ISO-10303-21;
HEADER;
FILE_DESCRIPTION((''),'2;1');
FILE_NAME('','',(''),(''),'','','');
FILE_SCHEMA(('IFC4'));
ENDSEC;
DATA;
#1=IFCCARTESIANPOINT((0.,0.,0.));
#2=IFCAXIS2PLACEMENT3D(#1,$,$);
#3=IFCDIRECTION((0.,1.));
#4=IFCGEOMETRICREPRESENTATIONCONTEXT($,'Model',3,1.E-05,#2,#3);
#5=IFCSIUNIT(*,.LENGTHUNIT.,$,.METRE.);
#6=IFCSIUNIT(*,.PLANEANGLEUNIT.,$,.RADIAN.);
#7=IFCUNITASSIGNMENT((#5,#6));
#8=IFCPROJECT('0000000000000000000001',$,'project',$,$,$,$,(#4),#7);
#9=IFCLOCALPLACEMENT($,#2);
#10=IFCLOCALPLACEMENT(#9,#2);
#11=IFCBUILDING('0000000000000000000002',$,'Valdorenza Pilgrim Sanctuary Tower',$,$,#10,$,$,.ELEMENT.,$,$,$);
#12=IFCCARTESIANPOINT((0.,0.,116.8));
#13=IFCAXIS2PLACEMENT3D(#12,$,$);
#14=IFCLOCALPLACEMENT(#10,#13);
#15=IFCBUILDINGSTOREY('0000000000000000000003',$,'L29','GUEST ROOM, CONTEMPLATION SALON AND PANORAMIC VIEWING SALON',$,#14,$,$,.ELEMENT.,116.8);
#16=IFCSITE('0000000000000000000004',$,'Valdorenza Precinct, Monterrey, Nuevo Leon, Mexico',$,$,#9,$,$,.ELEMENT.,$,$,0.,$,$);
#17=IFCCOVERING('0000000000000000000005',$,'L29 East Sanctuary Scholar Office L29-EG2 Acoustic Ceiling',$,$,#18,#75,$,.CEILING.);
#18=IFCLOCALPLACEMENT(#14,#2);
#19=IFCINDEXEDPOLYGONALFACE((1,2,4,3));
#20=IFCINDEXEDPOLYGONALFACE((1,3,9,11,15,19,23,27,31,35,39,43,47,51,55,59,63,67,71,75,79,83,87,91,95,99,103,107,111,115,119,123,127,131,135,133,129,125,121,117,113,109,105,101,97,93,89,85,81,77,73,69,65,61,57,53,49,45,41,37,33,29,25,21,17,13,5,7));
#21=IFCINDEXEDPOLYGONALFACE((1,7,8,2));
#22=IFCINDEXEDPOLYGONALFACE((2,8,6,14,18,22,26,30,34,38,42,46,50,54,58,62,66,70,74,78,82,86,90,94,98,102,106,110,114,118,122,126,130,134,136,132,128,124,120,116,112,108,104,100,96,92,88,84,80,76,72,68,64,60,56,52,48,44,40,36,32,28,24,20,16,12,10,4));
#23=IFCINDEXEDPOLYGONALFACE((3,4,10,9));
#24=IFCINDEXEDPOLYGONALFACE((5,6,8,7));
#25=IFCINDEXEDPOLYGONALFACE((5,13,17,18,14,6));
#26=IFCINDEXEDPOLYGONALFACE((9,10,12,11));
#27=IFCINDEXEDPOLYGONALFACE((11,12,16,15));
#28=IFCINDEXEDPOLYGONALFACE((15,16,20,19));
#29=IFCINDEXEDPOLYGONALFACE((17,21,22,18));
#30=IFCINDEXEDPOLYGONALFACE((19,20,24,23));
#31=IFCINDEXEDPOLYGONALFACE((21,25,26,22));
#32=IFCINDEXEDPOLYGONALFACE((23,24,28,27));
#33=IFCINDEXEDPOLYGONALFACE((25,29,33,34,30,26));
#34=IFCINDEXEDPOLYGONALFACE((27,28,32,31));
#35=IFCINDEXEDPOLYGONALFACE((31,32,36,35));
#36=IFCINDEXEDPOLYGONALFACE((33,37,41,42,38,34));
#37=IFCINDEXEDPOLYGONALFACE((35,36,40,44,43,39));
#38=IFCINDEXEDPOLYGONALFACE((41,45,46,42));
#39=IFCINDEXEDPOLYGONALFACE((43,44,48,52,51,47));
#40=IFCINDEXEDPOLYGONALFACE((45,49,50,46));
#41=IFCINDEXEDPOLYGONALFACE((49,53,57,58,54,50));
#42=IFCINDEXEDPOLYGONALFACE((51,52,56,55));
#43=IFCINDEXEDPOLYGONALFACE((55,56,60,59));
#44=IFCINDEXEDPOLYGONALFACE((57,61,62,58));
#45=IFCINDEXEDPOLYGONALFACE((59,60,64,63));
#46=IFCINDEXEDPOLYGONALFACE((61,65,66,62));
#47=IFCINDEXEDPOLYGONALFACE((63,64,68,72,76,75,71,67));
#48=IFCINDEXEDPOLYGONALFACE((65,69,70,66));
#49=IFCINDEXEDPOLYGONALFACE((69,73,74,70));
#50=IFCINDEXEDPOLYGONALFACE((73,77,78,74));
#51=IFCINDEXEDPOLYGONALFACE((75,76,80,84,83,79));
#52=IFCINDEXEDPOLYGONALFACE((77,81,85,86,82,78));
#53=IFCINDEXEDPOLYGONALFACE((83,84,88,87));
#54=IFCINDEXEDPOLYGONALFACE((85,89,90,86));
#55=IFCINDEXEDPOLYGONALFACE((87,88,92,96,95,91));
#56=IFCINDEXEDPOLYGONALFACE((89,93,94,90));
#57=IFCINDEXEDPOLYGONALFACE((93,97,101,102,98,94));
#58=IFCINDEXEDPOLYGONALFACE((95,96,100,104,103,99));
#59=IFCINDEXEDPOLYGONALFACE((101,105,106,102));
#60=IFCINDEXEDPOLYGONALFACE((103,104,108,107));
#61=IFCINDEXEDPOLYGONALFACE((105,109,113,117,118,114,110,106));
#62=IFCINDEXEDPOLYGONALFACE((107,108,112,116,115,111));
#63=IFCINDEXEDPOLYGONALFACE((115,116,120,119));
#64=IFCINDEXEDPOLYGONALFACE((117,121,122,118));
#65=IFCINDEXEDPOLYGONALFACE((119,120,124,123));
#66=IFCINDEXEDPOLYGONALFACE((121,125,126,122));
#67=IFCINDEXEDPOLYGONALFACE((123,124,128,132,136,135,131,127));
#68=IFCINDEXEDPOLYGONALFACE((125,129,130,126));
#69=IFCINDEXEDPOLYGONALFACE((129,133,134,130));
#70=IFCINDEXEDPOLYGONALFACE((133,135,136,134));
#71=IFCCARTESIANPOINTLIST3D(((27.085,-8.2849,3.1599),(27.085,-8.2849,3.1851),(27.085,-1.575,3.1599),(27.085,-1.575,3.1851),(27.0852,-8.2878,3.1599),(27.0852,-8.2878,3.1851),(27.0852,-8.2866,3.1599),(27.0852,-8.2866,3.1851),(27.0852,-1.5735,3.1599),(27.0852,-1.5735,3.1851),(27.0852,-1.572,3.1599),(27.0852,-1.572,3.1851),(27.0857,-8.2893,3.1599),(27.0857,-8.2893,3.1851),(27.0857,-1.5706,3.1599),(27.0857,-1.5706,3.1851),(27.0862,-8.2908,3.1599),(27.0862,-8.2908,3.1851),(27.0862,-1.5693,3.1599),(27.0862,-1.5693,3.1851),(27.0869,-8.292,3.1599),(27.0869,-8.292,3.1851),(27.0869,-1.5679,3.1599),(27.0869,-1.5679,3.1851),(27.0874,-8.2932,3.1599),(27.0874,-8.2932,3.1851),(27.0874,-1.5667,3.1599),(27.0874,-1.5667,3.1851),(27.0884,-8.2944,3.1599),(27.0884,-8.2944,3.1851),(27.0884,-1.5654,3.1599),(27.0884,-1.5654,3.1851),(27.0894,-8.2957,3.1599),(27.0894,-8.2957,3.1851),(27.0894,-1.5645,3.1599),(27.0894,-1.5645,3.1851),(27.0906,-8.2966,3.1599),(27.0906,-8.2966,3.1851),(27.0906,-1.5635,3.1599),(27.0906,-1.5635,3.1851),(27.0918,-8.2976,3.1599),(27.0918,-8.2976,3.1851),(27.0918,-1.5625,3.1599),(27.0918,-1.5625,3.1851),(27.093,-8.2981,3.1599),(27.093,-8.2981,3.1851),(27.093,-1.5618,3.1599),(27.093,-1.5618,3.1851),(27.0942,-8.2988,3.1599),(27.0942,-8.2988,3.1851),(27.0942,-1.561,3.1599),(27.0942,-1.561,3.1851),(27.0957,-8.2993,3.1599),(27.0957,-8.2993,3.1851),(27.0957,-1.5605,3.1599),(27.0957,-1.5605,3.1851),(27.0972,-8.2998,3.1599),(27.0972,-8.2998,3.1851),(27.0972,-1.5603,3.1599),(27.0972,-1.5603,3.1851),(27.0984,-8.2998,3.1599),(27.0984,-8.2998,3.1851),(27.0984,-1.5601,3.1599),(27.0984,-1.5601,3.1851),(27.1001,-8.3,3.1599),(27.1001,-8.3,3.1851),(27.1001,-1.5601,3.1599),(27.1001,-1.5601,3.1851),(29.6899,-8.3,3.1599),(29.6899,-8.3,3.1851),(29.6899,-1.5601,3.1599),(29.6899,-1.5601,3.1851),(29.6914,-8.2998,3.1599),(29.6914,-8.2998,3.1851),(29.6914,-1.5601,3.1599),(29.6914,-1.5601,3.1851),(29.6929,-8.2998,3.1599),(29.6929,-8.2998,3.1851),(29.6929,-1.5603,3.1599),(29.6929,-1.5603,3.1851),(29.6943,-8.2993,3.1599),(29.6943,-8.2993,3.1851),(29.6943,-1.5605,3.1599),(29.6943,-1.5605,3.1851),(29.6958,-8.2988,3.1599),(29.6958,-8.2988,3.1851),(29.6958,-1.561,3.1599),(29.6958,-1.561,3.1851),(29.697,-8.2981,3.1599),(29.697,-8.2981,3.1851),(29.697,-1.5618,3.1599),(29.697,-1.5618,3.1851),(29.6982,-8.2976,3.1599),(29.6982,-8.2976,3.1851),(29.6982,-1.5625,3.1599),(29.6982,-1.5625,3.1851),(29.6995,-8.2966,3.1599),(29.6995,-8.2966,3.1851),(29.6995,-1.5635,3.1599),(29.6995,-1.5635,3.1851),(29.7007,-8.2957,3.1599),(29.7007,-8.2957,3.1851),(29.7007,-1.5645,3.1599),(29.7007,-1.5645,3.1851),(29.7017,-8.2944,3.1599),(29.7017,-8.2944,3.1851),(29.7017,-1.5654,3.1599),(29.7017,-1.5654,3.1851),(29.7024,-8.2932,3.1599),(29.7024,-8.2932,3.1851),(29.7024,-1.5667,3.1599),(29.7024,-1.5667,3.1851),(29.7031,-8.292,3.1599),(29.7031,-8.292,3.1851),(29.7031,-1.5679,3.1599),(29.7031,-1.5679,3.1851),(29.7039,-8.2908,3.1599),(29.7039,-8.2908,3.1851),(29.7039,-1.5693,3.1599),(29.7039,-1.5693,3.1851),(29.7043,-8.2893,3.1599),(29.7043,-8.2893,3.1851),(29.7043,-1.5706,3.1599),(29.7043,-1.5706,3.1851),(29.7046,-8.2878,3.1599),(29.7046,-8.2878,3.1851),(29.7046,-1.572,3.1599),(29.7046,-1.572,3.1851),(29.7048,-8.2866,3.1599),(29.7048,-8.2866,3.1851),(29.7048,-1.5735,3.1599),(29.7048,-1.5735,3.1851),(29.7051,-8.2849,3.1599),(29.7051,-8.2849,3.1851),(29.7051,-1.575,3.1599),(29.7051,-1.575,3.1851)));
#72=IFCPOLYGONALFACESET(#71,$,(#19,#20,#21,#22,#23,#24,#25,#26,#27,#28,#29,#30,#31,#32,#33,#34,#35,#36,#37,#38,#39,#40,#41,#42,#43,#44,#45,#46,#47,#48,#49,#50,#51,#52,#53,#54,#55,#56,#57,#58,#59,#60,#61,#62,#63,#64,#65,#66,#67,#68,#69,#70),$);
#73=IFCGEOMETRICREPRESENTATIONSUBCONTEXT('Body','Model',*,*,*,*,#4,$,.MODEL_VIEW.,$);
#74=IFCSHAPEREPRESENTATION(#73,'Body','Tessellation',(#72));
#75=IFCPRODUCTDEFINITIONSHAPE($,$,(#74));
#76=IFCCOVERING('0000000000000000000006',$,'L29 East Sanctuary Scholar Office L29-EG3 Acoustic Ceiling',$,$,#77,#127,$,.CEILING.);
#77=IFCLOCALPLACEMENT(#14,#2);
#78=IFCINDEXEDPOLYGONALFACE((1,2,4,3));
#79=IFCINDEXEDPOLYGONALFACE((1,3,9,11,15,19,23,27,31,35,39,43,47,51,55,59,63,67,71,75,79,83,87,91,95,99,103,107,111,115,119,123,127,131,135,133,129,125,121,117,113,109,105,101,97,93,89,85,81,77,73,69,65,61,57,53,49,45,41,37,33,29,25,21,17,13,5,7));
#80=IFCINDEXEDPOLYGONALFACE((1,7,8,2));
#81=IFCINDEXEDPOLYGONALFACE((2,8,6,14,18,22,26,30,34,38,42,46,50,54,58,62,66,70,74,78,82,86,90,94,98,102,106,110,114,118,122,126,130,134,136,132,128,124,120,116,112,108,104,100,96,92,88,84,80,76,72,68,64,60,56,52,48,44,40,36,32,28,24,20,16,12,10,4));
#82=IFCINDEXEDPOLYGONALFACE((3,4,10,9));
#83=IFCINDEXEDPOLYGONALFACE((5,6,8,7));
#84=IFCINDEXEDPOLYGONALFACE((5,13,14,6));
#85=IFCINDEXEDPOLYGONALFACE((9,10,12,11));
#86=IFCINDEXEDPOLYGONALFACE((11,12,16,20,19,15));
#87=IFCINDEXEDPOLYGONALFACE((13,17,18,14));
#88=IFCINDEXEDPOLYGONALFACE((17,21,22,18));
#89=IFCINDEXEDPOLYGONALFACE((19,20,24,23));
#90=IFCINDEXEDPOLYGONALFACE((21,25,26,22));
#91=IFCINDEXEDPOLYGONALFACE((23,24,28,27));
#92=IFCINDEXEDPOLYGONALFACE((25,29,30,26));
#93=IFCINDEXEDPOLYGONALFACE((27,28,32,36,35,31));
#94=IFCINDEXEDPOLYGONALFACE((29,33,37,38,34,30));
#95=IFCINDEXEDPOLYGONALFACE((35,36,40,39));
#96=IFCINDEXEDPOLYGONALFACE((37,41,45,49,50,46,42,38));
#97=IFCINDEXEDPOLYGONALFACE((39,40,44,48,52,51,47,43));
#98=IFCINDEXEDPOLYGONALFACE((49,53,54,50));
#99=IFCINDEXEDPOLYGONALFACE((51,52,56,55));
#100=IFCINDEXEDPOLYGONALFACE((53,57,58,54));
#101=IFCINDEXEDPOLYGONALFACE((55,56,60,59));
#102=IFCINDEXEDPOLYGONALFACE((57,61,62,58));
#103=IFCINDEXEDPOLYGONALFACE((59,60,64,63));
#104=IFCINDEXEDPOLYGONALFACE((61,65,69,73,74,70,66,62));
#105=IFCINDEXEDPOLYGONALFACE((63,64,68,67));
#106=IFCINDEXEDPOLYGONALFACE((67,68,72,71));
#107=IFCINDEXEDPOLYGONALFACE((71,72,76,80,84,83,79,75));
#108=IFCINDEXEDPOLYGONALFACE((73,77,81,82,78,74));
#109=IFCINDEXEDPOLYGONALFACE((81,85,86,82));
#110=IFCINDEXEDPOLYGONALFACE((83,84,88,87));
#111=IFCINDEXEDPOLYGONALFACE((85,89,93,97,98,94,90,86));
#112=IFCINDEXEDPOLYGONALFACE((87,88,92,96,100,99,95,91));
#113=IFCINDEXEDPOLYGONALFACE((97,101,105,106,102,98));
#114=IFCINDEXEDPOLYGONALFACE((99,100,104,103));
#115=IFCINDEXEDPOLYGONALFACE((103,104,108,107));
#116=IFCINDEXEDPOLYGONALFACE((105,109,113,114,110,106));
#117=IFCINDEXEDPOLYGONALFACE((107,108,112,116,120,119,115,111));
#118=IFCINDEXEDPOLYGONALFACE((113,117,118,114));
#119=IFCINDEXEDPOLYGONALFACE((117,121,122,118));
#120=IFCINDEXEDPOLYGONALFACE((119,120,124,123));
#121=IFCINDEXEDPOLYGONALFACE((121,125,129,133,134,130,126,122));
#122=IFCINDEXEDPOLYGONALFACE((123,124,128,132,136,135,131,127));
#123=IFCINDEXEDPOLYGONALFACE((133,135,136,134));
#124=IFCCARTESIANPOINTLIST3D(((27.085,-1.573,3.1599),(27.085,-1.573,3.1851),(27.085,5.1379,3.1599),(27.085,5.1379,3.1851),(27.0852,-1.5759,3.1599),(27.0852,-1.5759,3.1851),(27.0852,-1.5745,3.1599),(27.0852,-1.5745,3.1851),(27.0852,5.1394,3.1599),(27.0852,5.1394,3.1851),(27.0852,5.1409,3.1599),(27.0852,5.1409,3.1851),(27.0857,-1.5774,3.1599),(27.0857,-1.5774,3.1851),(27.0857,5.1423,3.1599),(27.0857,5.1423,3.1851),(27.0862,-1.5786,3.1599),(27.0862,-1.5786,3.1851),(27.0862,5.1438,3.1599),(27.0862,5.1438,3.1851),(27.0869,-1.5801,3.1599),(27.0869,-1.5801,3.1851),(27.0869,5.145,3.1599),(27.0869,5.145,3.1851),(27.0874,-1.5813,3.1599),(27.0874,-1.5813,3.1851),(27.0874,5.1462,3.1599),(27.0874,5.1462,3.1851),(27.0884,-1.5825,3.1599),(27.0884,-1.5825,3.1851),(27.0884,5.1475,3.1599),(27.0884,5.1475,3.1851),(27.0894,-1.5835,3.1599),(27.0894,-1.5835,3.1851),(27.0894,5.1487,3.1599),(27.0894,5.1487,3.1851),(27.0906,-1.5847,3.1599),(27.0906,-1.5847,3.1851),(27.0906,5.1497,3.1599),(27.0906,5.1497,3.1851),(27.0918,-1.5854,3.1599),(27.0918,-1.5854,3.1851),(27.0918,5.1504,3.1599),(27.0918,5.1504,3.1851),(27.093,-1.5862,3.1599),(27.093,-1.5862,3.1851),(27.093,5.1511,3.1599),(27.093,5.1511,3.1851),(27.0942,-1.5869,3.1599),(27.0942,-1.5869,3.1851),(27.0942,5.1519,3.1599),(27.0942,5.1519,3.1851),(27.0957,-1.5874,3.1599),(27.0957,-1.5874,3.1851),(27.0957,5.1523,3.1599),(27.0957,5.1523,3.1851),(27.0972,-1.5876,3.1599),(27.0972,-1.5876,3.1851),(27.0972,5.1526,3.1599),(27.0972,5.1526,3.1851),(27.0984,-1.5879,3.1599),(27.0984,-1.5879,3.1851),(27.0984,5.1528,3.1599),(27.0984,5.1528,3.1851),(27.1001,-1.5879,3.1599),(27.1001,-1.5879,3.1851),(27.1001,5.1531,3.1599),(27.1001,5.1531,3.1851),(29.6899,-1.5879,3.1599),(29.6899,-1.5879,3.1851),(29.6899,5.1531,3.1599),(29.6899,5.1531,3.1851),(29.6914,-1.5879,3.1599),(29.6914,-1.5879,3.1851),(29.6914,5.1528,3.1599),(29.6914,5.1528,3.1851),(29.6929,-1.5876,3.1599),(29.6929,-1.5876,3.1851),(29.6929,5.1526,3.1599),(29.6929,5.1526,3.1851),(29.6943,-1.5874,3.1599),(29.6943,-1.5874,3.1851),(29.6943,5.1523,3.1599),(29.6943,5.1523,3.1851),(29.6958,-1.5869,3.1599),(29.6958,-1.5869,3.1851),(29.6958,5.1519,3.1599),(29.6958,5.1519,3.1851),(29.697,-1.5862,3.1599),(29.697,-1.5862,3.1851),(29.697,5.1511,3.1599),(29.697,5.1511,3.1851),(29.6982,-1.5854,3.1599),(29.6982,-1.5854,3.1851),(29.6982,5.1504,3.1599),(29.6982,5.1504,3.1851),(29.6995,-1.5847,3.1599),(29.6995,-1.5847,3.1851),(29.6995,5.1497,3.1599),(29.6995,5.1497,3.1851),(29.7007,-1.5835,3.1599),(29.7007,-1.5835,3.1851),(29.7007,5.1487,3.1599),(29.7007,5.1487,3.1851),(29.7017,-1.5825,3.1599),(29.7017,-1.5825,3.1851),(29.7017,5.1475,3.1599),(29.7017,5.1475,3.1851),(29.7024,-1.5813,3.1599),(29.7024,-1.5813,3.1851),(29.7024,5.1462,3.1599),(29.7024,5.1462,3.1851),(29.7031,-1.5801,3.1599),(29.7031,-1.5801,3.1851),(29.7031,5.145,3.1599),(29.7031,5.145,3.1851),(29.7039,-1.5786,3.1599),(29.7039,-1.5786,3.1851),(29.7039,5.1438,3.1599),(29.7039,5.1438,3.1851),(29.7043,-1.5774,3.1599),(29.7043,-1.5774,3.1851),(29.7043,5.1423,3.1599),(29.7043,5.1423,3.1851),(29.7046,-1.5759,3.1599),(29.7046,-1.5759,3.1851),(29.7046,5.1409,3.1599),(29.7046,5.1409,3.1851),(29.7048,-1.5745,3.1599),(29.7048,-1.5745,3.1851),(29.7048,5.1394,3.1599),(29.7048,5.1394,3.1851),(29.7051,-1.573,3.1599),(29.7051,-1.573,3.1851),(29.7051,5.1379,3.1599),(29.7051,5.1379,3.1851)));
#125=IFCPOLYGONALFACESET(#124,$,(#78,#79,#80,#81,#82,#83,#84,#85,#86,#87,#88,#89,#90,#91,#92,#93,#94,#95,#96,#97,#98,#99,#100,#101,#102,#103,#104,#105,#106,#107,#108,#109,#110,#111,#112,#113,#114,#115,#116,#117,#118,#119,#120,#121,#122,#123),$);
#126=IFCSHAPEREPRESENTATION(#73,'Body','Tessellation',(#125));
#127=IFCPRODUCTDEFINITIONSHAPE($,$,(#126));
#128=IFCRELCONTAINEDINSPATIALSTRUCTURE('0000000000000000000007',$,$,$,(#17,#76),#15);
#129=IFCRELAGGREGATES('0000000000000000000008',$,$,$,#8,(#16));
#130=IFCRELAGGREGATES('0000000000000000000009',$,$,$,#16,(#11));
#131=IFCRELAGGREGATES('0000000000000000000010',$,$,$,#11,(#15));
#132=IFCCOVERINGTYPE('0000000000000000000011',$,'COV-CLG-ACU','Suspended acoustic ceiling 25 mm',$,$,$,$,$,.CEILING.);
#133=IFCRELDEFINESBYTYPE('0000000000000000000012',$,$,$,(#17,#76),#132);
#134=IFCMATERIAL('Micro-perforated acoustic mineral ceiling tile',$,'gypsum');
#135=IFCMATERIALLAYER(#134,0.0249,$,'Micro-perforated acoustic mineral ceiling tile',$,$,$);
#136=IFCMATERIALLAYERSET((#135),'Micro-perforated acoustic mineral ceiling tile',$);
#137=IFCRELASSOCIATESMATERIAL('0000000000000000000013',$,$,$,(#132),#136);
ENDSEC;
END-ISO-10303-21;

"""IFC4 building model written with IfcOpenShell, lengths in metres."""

from ifc_helpers import new_model, si_unit, direction, frame, origin, place, context, subcontext, project, spatial, polyline, outline, extrude, material, layer, layer_set, type_object, element, save


model = new_model("IFC4")

# Units and contexts
model_context = context("Model", 3, precision=1e-05, world=origin(), true_north=direction((0.0, 1.0)))
body_context = subcontext(model_context, "Body", "Model", "MODEL_VIEW")
ifc_project = project(units=[si_unit("LENGTHUNIT", "METRE"), si_unit("PLANEANGLEUNIT", "RADIAN")], contexts=[model_context])

# Site, building, storey
site_placement = place(None, origin())
site = spatial("IfcSite", under=ifc_project, at=site_placement, Name="Valdorenza Precinct, Monterrey, Nuevo Leon, Mexico", CompositionType="ELEMENT", RefElevation=0.0)
building_placement = place(site_placement, origin())
building = spatial("IfcBuilding", under=site, at=building_placement, Name="Valdorenza Pilgrim Sanctuary Tower", CompositionType="ELEMENT")
storey_placement = place(building_placement, frame((0.0, 0.0, 116.8)))
storey = spatial("IfcBuildingStorey", under=building, at=storey_placement, Name="L29", Description="GUEST ROOM, CONTEMPLATION SALON AND PANORAMIC VIEWING SALON", CompositionType="ELEMENT", Elevation=116.8)

# Coverings
ifc_material_1 = material(Name="Micro-perforated acoustic mineral ceiling tile", Category="gypsum")
ifc_layer_1 = layer(ifc_material_1, 0.0249, Name="Micro-perforated acoustic mineral ceiling tile")
ifc_layer_set_1 = layer_set([ifc_layer_1], Name="Micro-perforated acoustic mineral ceiling tile")
covering_type_1 = type_object("IfcCoveringType", Name="COV-CLG-ACU", Description="Suspended acoustic ceiling 25 mm", PredefinedType="CEILING", material=ifc_layer_set_1)
covering_1_placement = place(storey_placement, frame((0.0, 0.0, 3.1599)))
element("IfcCovering", 1, at=covering_1_placement, inside=storey, type_object=covering_type_1, Name="L29 East Sanctuary Scholar Office L29-EG2 Acoustic Ceiling", PredefinedType="CEILING", context=body_context, shape_type="SweptSolid", body=[
    extrude(outline(polyline([(27.085, -1.575), (27.0852, -1.5735), (27.0852, -1.572), (27.0857, -1.5706), (27.0862, -1.5693), (27.0869, -1.5679), (27.0874, -1.5667), (27.0884, -1.5654), (27.0894, -1.5645), (27.0906, -1.5635), (27.0918, -1.5625), (27.093, -1.5618), (27.0942, -1.561), (27.0957, -1.5605), (27.0972, -1.5603), (27.0984, -1.5601), (27.1001, -1.5601), (29.6899, -1.5601), (29.6914, -1.5601), (29.6929, -1.5603), (29.6943, -1.5605), (29.6958, -1.561), (29.697, -1.5618), (29.6982, -1.5625), (29.6995, -1.5635), (29.7007, -1.5645), (29.7017, -1.5654), (29.7024, -1.5667), (29.7031, -1.5679), (29.7039, -1.5693), (29.7043, -1.5706), (29.7046, -1.572), (29.7048, -1.5735), (29.7051, -1.575), (29.7051, -8.2849), (29.7048, -8.2866), (29.7046, -8.2878), (29.7043, -8.2893), (29.7039, -8.2908), (29.7031, -8.292), (29.7024, -8.2932), (29.7017, -8.2944), (29.7007, -8.2957), (29.6995, -8.2966), (29.6982, -8.2976), (29.697, -8.2981), (29.6958, -8.2988), (29.6943, -8.2993), (29.6929, -8.2998), (29.6914, -8.2998), (29.6899, -8.3), (27.1001, -8.3), (27.0984, -8.2998), (27.0972, -8.2998), (27.0957, -8.2993), (27.0942, -8.2988), (27.093, -8.2981), (27.0918, -8.2976), (27.0906, -8.2966), (27.0894, -8.2957), (27.0884, -8.2944), (27.0874, -8.2932), (27.0869, -8.292), (27.0862, -8.2908), (27.0857, -8.2893), (27.0852, -8.2878), (27.0852, -8.2866), (27.085, -8.2849), (27.085, -1.575)])), origin(), (0.0, 0.0, 1.0), 0.0251),
])
covering_2_placement = place(storey_placement, frame((0.0, 0.0, 3.1599)))
element("IfcCovering", 2, at=covering_2_placement, inside=storey, type_object=covering_type_1, Name="L29 East Sanctuary Scholar Office L29-EG3 Acoustic Ceiling", PredefinedType="CEILING", context=body_context, shape_type="SweptSolid", body=[
    extrude(outline(polyline([(27.085, 5.1379), (27.0852, 5.1394), (27.0852, 5.1409), (27.0857, 5.1423), (27.0862, 5.1438), (27.0869, 5.145), (27.0874, 5.1462), (27.0884, 5.1475), (27.0894, 5.1487), (27.0906, 5.1497), (27.0918, 5.1504), (27.093, 5.1511), (27.0942, 5.1519), (27.0957, 5.1523), (27.0972, 5.1526), (27.0984, 5.1528), (27.1001, 5.1531), (29.6899, 5.1531), (29.6914, 5.1528), (29.6929, 5.1526), (29.6943, 5.1523), (29.6958, 5.1519), (29.697, 5.1511), (29.6982, 5.1504), (29.6995, 5.1497), (29.7007, 5.1487), (29.7017, 5.1475), (29.7024, 5.1462), (29.7031, 5.145), (29.7039, 5.1438), (29.7043, 5.1423), (29.7046, 5.1409), (29.7048, 5.1394), (29.7051, 5.1379), (29.7051, -1.573), (29.7048, -1.5745), (29.7046, -1.5759), (29.7043, -1.5774), (29.7039, -1.5786), (29.7031, -1.5801), (29.7024, -1.5813), (29.7017, -1.5825), (29.7007, -1.5835), (29.6995, -1.5847), (29.6982, -1.5854), (29.697, -1.5862), (29.6958, -1.5869), (29.6943, -1.5874), (29.6929, -1.5876), (29.6914, -1.5879), (29.6899, -1.5879), (27.1001, -1.5879), (27.0984, -1.5879), (27.0972, -1.5876), (27.0957, -1.5874), (27.0942, -1.5869), (27.093, -1.5862), (27.0918, -1.5854), (27.0906, -1.5847), (27.0894, -1.5835), (27.0884, -1.5825), (27.0874, -1.5813), (27.0869, -1.5801), (27.0862, -1.5786), (27.0857, -1.5774), (27.0852, -1.5759), (27.0852, -1.5745), (27.085, -1.573), (27.085, 5.1379)])), origin(), (0.0, 0.0, 1.0), 0.0251),
])

save(model, "model.ifc")
